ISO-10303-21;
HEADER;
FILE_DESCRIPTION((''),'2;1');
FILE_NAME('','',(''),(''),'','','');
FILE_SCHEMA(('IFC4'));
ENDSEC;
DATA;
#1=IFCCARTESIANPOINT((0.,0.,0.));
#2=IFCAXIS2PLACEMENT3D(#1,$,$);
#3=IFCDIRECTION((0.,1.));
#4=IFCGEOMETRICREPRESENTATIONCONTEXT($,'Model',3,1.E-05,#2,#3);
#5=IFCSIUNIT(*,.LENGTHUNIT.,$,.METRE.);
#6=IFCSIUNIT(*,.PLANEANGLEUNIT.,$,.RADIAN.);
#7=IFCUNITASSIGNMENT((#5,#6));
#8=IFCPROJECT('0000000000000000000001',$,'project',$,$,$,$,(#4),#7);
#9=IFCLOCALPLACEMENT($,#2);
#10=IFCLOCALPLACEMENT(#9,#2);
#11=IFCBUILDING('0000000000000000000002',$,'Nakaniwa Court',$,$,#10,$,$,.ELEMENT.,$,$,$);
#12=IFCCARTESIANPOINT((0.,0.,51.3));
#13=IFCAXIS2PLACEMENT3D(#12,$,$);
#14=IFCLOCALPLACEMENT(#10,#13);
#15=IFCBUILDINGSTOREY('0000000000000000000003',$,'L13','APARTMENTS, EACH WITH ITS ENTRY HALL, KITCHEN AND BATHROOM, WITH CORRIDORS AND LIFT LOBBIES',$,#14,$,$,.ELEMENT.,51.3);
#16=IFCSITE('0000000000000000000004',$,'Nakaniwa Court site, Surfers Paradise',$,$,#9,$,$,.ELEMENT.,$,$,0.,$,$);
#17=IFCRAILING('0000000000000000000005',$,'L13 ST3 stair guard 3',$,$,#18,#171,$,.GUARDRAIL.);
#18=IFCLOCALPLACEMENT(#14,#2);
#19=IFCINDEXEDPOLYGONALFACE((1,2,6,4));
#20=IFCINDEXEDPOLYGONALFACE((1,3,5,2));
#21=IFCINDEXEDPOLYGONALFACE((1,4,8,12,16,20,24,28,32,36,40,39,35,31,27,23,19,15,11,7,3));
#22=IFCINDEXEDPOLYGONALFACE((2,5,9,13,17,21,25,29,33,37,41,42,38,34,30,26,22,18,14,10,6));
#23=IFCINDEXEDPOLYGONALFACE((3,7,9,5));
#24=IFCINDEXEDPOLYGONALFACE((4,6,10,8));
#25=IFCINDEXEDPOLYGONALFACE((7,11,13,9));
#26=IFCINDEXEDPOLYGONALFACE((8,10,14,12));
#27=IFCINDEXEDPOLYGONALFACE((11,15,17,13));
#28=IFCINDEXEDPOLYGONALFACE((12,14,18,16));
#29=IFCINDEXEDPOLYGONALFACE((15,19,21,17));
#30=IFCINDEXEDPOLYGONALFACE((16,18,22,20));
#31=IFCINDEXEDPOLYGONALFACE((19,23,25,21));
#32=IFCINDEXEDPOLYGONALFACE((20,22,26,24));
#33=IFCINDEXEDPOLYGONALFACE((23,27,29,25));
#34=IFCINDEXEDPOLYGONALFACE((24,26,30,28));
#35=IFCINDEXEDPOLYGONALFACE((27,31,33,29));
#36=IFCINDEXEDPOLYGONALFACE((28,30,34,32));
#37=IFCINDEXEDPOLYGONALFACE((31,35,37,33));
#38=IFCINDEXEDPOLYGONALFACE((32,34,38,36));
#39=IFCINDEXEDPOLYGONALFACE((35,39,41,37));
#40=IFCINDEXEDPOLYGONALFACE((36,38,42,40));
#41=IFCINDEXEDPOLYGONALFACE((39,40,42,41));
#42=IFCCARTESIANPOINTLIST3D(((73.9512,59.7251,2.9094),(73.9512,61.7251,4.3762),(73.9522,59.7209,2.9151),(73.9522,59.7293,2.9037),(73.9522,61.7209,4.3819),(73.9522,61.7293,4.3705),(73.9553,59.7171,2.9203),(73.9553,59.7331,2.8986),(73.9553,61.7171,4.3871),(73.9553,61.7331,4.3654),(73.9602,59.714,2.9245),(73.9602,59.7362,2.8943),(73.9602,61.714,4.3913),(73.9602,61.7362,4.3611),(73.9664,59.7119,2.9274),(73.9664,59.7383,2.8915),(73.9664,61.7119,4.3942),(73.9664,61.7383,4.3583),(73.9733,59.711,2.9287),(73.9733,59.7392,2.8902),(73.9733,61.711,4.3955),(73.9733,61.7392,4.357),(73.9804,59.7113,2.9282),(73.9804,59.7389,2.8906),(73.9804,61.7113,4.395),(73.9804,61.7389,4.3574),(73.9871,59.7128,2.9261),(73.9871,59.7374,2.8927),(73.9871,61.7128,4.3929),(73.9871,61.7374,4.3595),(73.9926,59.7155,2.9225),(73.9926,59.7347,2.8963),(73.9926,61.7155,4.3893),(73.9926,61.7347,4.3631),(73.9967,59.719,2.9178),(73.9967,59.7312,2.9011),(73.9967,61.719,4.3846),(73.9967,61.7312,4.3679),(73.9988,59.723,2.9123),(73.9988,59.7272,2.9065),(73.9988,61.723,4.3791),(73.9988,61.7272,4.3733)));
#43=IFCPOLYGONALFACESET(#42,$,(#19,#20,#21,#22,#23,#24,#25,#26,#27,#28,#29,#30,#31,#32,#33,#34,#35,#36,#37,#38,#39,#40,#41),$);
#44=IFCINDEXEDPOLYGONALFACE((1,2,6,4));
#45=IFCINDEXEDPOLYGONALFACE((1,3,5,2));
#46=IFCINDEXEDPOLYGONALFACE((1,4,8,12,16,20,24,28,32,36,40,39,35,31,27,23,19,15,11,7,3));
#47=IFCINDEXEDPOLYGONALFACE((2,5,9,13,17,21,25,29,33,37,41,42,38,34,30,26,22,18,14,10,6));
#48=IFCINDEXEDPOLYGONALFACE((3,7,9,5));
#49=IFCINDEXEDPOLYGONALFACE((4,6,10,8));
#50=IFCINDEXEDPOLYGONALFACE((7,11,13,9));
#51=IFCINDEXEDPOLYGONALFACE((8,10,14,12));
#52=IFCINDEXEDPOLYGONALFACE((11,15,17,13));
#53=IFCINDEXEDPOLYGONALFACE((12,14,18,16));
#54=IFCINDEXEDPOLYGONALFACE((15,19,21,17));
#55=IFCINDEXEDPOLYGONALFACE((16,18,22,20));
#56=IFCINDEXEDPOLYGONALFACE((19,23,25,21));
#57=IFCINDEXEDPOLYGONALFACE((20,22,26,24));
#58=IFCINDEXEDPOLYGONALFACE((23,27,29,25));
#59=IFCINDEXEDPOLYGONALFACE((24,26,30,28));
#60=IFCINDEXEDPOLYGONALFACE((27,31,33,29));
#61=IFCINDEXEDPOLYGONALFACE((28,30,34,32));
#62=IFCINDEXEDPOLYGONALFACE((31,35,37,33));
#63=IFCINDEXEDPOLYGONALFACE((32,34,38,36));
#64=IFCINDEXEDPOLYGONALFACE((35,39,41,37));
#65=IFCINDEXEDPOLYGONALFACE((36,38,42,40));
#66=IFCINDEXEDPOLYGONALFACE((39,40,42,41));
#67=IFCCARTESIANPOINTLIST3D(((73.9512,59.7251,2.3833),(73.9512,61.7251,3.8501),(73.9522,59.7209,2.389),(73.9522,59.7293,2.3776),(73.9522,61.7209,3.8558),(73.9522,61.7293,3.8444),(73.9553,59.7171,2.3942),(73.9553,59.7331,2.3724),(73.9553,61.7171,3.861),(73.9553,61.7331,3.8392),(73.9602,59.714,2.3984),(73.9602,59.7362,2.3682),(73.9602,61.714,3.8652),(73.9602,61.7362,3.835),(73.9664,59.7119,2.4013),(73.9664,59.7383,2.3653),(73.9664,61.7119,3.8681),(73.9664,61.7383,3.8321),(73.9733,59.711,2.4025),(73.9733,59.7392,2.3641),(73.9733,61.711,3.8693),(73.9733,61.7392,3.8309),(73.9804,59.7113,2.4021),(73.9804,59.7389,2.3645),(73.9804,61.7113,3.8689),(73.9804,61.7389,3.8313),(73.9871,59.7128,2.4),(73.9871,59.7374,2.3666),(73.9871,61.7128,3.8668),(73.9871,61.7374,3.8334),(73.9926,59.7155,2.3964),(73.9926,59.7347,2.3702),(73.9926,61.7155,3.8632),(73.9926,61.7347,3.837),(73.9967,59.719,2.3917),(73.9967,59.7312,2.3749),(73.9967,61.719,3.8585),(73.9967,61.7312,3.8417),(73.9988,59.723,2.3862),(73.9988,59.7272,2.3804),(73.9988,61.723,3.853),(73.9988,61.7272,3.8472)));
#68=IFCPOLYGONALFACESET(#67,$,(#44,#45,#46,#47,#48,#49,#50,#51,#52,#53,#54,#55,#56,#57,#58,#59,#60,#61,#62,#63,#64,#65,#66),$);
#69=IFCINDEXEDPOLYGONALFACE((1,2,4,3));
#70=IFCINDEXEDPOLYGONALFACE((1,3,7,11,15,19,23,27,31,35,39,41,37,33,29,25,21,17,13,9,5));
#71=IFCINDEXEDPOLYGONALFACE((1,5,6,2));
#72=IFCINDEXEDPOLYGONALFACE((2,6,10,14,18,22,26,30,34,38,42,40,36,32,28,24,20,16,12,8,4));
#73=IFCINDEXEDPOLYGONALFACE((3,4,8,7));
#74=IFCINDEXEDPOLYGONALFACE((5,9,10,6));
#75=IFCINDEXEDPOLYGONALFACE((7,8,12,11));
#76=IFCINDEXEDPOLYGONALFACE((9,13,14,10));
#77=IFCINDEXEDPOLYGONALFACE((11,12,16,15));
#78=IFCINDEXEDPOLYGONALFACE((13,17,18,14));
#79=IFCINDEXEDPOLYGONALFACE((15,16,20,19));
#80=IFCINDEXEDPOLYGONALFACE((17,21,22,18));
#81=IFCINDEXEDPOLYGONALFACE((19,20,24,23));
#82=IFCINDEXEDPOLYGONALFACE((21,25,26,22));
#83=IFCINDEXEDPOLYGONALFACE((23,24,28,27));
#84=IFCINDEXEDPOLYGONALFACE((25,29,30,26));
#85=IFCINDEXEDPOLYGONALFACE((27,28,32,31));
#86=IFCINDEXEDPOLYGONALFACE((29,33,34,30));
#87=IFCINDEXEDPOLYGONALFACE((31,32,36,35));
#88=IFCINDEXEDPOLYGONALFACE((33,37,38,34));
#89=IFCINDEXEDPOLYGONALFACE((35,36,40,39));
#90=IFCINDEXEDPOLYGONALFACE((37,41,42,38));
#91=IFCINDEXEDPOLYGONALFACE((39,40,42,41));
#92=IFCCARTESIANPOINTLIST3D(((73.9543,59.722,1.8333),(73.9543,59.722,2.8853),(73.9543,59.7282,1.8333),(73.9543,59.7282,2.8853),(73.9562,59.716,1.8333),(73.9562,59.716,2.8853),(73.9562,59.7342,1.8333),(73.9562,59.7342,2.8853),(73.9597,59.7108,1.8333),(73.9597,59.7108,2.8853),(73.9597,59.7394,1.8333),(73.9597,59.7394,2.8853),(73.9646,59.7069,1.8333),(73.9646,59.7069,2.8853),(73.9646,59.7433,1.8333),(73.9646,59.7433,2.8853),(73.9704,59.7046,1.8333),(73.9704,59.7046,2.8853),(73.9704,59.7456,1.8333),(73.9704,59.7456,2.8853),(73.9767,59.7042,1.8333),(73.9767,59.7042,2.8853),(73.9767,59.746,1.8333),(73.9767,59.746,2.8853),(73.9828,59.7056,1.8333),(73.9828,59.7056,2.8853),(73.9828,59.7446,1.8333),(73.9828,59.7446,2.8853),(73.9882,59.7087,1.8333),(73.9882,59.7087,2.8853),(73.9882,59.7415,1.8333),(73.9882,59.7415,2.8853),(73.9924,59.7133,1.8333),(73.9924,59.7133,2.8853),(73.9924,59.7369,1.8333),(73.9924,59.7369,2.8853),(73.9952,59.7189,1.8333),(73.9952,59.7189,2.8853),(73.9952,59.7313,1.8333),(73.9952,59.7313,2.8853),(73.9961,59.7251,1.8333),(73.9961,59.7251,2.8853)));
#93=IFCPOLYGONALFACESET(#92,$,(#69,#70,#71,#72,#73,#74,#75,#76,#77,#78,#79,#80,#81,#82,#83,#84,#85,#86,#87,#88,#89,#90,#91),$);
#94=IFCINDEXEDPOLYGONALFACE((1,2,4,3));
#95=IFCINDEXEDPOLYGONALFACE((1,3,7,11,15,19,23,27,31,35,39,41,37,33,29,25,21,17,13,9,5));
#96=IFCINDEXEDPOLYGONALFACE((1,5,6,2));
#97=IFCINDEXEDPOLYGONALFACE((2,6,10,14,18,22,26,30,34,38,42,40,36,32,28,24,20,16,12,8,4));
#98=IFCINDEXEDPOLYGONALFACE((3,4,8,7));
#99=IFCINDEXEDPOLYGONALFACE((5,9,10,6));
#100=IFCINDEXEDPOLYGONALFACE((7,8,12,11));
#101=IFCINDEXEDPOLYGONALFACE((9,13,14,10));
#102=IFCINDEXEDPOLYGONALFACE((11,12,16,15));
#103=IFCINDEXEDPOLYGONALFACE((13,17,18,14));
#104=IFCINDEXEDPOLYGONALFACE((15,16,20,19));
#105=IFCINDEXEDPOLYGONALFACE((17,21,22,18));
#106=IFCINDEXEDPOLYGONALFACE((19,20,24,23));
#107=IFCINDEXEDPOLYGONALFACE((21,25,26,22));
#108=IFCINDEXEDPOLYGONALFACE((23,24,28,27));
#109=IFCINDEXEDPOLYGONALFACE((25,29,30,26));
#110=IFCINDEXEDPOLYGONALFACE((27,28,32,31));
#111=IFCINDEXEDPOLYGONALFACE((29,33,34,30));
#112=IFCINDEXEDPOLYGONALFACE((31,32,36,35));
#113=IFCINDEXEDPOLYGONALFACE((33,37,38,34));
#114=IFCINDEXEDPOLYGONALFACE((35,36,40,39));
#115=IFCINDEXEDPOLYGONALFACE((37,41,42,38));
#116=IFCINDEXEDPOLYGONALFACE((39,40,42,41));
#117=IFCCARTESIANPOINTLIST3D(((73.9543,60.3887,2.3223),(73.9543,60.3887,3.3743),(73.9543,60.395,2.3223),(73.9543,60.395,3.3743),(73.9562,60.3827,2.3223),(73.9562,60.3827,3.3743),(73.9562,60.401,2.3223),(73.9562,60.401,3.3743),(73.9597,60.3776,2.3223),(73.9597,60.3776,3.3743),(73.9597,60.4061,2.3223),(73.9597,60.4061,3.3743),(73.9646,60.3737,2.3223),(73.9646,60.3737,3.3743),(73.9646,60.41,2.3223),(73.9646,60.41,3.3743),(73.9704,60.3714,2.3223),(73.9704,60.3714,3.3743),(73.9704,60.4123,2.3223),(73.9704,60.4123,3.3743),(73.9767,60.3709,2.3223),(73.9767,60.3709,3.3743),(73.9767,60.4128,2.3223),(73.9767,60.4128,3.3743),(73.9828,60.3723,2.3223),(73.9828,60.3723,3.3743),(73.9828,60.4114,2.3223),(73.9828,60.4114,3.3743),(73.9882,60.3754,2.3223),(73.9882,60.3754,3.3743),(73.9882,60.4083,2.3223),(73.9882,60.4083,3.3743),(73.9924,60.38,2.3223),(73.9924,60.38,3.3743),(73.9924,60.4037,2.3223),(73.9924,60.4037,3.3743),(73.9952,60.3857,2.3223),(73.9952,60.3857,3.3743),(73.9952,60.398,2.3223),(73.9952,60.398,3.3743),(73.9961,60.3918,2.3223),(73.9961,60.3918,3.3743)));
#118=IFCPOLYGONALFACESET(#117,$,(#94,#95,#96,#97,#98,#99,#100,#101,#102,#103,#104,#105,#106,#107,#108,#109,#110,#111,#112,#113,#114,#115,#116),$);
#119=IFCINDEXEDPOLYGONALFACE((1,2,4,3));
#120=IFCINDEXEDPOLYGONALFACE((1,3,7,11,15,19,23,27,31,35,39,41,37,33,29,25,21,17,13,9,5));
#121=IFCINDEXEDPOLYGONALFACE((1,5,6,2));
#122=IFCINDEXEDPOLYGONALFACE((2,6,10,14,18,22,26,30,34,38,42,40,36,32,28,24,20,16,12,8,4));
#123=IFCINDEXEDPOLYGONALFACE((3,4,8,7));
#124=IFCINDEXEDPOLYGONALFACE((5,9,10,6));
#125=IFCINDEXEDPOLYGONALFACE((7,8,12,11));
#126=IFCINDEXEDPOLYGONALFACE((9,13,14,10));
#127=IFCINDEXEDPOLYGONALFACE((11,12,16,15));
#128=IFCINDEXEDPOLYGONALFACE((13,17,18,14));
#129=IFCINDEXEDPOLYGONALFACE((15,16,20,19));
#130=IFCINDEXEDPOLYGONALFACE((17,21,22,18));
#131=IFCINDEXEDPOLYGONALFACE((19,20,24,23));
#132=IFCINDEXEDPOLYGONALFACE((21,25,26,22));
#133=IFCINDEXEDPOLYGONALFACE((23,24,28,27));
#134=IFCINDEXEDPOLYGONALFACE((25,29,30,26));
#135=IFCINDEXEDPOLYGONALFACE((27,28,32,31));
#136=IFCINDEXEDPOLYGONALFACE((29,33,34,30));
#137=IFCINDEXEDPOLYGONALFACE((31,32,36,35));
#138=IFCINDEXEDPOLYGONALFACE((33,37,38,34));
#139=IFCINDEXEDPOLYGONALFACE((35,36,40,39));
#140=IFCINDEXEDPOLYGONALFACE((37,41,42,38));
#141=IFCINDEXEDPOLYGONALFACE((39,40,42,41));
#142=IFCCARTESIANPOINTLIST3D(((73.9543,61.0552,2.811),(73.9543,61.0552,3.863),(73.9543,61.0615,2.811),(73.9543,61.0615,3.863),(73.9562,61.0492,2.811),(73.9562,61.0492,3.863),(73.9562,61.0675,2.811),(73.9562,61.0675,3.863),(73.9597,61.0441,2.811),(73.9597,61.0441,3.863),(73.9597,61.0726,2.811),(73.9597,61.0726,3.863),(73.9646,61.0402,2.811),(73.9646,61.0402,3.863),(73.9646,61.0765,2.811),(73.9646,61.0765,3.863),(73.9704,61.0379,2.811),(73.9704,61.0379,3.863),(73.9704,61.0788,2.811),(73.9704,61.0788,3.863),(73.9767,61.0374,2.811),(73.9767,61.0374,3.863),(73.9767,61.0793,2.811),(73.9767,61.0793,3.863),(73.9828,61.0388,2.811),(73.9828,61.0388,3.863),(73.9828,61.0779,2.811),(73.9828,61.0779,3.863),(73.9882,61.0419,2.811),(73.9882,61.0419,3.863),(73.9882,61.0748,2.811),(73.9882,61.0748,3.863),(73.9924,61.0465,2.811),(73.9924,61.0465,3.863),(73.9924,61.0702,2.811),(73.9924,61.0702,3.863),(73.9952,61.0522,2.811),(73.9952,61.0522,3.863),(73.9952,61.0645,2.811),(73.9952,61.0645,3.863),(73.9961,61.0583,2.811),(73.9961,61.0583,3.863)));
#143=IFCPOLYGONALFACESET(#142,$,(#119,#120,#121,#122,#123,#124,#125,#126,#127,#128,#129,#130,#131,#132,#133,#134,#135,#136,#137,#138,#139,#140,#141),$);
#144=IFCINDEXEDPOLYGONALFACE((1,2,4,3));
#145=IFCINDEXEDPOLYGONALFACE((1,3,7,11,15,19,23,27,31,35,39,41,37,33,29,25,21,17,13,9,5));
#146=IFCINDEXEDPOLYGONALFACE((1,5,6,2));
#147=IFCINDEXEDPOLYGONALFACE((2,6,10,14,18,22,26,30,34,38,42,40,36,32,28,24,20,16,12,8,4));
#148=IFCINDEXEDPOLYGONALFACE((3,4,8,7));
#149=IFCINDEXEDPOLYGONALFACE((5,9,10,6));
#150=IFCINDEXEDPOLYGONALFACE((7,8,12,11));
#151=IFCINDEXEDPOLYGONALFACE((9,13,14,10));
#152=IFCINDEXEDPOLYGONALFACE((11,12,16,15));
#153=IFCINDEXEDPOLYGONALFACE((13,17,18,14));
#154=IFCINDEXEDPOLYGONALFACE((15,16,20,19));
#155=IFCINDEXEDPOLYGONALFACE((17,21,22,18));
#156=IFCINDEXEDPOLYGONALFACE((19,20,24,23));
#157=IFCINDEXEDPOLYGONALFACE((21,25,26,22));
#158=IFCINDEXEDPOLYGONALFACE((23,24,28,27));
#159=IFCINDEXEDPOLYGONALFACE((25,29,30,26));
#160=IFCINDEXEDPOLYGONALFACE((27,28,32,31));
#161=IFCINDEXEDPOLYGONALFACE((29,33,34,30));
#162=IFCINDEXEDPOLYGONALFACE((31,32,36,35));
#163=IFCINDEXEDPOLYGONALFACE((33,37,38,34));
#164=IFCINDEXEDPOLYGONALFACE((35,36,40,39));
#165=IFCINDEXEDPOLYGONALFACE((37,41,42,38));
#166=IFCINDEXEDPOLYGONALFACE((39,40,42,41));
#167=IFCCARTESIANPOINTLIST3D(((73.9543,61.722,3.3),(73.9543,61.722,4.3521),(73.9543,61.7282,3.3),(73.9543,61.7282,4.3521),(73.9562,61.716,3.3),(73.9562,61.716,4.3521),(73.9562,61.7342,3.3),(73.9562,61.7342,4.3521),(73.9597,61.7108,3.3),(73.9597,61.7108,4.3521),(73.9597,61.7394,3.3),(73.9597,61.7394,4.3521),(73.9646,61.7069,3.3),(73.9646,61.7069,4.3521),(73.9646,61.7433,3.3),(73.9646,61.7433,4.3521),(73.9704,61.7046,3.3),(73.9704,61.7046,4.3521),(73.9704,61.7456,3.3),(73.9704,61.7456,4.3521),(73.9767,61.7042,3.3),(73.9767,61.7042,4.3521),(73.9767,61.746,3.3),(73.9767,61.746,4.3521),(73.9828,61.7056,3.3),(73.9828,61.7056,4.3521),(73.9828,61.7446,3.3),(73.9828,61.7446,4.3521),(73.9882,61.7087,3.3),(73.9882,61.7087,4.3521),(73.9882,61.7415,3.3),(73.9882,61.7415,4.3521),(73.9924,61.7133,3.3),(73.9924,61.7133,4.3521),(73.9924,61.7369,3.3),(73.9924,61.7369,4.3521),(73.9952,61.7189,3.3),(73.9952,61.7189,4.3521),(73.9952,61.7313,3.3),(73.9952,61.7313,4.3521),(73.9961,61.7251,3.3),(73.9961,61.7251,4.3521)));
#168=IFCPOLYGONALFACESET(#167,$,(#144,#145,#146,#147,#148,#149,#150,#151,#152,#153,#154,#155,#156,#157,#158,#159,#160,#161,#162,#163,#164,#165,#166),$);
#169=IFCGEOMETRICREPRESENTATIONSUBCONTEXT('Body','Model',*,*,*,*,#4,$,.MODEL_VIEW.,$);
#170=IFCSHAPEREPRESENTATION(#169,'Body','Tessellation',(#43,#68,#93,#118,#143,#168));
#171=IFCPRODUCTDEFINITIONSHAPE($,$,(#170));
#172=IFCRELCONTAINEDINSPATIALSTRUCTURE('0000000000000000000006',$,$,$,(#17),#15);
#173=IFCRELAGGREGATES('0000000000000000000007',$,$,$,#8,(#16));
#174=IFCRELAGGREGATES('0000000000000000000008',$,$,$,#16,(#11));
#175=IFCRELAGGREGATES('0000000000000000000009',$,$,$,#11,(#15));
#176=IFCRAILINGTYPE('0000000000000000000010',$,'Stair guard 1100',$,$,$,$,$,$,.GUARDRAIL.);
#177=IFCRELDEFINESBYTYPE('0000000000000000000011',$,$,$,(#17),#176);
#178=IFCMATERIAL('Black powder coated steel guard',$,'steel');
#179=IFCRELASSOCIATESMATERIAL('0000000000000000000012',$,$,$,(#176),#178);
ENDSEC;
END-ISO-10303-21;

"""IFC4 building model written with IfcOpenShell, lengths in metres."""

from ifc_helpers import new_model, si_unit, direction, frame, origin, origin_2d, place, context, subcontext, project, spatial, circle, extrude, material, type_object, element, save


model = new_model("IFC4")

# Units and contexts
model_context = context("Model", 3, precision=1e-05, world=origin(), true_north=direction((0.0, 1.0)))
body_context = subcontext(model_context, "Body", "Model", "MODEL_VIEW")
ifc_project = project(units=[si_unit("LENGTHUNIT", "METRE"), si_unit("PLANEANGLEUNIT", "RADIAN")], contexts=[model_context])

# Site, building, storey
site_placement = place(None, origin())
site = spatial("IfcSite", under=ifc_project, at=site_placement, Name="Nakaniwa Court site, Surfers Paradise", CompositionType="ELEMENT", RefElevation=0.0)
building_placement = place(site_placement, origin())
building = spatial("IfcBuilding", under=site, at=building_placement, Name="Nakaniwa Court", CompositionType="ELEMENT")
storey_placement = place(building_placement, frame((0.0, 0.0, 51.3)))
storey = spatial("IfcBuildingStorey", under=building, at=storey_placement, Name="L13", Description="APARTMENTS, EACH WITH ITS ENTRY HALL, KITCHEN AND BATHROOM, WITH CORRIDORS AND LIFT LOBBIES", CompositionType="ELEMENT", Elevation=51.3)

# Railing
ifc_material_1 = material(Name="Black powder coated steel guard", Category="steel")
railing_type_1 = type_object("IfcRailingType", Name="Stair guard 1100", PredefinedType="GUARDRAIL", material=ifc_material_1)
railing_1_placement = place(storey_placement, frame((73.9751, 59.7251, 1.8333)))
element("IfcRailing", 1, at=railing_1_placement, inside=storey, type_object=railing_type_1, Name="L13 ST3 stair guard 3", PredefinedType="GUARDRAIL", context=body_context, shape_type="SweptSolid", body=[
    extrude(circle(Radius=0.0239, at=origin_2d()), frame((0.0, 0.0, 1.0762), z_axis=(0.0, 0.80638, 0.591398), x_axis=(-1.0, 0.0, 0.0)), (0.0, 0.0, 1.0), 2.4802),
    extrude(circle(Radius=0.0239, at=origin_2d()), frame((0.0, 0.0, 0.55), z_axis=(0.0, 0.80638, 0.591398), x_axis=(-1.0, 0.0, 0.0)), (0.0, 0.0, 1.0), 2.4802),
    extrude(circle(Radius=0.021, at=origin_2d()), origin(), (0.0, 0.0, 1.0), 1.052),
    extrude(circle(Radius=0.021, at=origin_2d()), frame((0.0, 0.6667, 0.489)), (0.0, 0.0, 1.0), 1.052),
    extrude(circle(Radius=0.021, at=origin_2d()), frame((0.0, 1.3333, 0.9778)), (0.0, 0.0, 1.0), 1.052),
    extrude(circle(Radius=0.021, at=origin_2d()), frame((0.0, 2.0, 1.4668)), (0.0, 0.0, 1.0), 1.052),
])

save(model, "model.ifc")
